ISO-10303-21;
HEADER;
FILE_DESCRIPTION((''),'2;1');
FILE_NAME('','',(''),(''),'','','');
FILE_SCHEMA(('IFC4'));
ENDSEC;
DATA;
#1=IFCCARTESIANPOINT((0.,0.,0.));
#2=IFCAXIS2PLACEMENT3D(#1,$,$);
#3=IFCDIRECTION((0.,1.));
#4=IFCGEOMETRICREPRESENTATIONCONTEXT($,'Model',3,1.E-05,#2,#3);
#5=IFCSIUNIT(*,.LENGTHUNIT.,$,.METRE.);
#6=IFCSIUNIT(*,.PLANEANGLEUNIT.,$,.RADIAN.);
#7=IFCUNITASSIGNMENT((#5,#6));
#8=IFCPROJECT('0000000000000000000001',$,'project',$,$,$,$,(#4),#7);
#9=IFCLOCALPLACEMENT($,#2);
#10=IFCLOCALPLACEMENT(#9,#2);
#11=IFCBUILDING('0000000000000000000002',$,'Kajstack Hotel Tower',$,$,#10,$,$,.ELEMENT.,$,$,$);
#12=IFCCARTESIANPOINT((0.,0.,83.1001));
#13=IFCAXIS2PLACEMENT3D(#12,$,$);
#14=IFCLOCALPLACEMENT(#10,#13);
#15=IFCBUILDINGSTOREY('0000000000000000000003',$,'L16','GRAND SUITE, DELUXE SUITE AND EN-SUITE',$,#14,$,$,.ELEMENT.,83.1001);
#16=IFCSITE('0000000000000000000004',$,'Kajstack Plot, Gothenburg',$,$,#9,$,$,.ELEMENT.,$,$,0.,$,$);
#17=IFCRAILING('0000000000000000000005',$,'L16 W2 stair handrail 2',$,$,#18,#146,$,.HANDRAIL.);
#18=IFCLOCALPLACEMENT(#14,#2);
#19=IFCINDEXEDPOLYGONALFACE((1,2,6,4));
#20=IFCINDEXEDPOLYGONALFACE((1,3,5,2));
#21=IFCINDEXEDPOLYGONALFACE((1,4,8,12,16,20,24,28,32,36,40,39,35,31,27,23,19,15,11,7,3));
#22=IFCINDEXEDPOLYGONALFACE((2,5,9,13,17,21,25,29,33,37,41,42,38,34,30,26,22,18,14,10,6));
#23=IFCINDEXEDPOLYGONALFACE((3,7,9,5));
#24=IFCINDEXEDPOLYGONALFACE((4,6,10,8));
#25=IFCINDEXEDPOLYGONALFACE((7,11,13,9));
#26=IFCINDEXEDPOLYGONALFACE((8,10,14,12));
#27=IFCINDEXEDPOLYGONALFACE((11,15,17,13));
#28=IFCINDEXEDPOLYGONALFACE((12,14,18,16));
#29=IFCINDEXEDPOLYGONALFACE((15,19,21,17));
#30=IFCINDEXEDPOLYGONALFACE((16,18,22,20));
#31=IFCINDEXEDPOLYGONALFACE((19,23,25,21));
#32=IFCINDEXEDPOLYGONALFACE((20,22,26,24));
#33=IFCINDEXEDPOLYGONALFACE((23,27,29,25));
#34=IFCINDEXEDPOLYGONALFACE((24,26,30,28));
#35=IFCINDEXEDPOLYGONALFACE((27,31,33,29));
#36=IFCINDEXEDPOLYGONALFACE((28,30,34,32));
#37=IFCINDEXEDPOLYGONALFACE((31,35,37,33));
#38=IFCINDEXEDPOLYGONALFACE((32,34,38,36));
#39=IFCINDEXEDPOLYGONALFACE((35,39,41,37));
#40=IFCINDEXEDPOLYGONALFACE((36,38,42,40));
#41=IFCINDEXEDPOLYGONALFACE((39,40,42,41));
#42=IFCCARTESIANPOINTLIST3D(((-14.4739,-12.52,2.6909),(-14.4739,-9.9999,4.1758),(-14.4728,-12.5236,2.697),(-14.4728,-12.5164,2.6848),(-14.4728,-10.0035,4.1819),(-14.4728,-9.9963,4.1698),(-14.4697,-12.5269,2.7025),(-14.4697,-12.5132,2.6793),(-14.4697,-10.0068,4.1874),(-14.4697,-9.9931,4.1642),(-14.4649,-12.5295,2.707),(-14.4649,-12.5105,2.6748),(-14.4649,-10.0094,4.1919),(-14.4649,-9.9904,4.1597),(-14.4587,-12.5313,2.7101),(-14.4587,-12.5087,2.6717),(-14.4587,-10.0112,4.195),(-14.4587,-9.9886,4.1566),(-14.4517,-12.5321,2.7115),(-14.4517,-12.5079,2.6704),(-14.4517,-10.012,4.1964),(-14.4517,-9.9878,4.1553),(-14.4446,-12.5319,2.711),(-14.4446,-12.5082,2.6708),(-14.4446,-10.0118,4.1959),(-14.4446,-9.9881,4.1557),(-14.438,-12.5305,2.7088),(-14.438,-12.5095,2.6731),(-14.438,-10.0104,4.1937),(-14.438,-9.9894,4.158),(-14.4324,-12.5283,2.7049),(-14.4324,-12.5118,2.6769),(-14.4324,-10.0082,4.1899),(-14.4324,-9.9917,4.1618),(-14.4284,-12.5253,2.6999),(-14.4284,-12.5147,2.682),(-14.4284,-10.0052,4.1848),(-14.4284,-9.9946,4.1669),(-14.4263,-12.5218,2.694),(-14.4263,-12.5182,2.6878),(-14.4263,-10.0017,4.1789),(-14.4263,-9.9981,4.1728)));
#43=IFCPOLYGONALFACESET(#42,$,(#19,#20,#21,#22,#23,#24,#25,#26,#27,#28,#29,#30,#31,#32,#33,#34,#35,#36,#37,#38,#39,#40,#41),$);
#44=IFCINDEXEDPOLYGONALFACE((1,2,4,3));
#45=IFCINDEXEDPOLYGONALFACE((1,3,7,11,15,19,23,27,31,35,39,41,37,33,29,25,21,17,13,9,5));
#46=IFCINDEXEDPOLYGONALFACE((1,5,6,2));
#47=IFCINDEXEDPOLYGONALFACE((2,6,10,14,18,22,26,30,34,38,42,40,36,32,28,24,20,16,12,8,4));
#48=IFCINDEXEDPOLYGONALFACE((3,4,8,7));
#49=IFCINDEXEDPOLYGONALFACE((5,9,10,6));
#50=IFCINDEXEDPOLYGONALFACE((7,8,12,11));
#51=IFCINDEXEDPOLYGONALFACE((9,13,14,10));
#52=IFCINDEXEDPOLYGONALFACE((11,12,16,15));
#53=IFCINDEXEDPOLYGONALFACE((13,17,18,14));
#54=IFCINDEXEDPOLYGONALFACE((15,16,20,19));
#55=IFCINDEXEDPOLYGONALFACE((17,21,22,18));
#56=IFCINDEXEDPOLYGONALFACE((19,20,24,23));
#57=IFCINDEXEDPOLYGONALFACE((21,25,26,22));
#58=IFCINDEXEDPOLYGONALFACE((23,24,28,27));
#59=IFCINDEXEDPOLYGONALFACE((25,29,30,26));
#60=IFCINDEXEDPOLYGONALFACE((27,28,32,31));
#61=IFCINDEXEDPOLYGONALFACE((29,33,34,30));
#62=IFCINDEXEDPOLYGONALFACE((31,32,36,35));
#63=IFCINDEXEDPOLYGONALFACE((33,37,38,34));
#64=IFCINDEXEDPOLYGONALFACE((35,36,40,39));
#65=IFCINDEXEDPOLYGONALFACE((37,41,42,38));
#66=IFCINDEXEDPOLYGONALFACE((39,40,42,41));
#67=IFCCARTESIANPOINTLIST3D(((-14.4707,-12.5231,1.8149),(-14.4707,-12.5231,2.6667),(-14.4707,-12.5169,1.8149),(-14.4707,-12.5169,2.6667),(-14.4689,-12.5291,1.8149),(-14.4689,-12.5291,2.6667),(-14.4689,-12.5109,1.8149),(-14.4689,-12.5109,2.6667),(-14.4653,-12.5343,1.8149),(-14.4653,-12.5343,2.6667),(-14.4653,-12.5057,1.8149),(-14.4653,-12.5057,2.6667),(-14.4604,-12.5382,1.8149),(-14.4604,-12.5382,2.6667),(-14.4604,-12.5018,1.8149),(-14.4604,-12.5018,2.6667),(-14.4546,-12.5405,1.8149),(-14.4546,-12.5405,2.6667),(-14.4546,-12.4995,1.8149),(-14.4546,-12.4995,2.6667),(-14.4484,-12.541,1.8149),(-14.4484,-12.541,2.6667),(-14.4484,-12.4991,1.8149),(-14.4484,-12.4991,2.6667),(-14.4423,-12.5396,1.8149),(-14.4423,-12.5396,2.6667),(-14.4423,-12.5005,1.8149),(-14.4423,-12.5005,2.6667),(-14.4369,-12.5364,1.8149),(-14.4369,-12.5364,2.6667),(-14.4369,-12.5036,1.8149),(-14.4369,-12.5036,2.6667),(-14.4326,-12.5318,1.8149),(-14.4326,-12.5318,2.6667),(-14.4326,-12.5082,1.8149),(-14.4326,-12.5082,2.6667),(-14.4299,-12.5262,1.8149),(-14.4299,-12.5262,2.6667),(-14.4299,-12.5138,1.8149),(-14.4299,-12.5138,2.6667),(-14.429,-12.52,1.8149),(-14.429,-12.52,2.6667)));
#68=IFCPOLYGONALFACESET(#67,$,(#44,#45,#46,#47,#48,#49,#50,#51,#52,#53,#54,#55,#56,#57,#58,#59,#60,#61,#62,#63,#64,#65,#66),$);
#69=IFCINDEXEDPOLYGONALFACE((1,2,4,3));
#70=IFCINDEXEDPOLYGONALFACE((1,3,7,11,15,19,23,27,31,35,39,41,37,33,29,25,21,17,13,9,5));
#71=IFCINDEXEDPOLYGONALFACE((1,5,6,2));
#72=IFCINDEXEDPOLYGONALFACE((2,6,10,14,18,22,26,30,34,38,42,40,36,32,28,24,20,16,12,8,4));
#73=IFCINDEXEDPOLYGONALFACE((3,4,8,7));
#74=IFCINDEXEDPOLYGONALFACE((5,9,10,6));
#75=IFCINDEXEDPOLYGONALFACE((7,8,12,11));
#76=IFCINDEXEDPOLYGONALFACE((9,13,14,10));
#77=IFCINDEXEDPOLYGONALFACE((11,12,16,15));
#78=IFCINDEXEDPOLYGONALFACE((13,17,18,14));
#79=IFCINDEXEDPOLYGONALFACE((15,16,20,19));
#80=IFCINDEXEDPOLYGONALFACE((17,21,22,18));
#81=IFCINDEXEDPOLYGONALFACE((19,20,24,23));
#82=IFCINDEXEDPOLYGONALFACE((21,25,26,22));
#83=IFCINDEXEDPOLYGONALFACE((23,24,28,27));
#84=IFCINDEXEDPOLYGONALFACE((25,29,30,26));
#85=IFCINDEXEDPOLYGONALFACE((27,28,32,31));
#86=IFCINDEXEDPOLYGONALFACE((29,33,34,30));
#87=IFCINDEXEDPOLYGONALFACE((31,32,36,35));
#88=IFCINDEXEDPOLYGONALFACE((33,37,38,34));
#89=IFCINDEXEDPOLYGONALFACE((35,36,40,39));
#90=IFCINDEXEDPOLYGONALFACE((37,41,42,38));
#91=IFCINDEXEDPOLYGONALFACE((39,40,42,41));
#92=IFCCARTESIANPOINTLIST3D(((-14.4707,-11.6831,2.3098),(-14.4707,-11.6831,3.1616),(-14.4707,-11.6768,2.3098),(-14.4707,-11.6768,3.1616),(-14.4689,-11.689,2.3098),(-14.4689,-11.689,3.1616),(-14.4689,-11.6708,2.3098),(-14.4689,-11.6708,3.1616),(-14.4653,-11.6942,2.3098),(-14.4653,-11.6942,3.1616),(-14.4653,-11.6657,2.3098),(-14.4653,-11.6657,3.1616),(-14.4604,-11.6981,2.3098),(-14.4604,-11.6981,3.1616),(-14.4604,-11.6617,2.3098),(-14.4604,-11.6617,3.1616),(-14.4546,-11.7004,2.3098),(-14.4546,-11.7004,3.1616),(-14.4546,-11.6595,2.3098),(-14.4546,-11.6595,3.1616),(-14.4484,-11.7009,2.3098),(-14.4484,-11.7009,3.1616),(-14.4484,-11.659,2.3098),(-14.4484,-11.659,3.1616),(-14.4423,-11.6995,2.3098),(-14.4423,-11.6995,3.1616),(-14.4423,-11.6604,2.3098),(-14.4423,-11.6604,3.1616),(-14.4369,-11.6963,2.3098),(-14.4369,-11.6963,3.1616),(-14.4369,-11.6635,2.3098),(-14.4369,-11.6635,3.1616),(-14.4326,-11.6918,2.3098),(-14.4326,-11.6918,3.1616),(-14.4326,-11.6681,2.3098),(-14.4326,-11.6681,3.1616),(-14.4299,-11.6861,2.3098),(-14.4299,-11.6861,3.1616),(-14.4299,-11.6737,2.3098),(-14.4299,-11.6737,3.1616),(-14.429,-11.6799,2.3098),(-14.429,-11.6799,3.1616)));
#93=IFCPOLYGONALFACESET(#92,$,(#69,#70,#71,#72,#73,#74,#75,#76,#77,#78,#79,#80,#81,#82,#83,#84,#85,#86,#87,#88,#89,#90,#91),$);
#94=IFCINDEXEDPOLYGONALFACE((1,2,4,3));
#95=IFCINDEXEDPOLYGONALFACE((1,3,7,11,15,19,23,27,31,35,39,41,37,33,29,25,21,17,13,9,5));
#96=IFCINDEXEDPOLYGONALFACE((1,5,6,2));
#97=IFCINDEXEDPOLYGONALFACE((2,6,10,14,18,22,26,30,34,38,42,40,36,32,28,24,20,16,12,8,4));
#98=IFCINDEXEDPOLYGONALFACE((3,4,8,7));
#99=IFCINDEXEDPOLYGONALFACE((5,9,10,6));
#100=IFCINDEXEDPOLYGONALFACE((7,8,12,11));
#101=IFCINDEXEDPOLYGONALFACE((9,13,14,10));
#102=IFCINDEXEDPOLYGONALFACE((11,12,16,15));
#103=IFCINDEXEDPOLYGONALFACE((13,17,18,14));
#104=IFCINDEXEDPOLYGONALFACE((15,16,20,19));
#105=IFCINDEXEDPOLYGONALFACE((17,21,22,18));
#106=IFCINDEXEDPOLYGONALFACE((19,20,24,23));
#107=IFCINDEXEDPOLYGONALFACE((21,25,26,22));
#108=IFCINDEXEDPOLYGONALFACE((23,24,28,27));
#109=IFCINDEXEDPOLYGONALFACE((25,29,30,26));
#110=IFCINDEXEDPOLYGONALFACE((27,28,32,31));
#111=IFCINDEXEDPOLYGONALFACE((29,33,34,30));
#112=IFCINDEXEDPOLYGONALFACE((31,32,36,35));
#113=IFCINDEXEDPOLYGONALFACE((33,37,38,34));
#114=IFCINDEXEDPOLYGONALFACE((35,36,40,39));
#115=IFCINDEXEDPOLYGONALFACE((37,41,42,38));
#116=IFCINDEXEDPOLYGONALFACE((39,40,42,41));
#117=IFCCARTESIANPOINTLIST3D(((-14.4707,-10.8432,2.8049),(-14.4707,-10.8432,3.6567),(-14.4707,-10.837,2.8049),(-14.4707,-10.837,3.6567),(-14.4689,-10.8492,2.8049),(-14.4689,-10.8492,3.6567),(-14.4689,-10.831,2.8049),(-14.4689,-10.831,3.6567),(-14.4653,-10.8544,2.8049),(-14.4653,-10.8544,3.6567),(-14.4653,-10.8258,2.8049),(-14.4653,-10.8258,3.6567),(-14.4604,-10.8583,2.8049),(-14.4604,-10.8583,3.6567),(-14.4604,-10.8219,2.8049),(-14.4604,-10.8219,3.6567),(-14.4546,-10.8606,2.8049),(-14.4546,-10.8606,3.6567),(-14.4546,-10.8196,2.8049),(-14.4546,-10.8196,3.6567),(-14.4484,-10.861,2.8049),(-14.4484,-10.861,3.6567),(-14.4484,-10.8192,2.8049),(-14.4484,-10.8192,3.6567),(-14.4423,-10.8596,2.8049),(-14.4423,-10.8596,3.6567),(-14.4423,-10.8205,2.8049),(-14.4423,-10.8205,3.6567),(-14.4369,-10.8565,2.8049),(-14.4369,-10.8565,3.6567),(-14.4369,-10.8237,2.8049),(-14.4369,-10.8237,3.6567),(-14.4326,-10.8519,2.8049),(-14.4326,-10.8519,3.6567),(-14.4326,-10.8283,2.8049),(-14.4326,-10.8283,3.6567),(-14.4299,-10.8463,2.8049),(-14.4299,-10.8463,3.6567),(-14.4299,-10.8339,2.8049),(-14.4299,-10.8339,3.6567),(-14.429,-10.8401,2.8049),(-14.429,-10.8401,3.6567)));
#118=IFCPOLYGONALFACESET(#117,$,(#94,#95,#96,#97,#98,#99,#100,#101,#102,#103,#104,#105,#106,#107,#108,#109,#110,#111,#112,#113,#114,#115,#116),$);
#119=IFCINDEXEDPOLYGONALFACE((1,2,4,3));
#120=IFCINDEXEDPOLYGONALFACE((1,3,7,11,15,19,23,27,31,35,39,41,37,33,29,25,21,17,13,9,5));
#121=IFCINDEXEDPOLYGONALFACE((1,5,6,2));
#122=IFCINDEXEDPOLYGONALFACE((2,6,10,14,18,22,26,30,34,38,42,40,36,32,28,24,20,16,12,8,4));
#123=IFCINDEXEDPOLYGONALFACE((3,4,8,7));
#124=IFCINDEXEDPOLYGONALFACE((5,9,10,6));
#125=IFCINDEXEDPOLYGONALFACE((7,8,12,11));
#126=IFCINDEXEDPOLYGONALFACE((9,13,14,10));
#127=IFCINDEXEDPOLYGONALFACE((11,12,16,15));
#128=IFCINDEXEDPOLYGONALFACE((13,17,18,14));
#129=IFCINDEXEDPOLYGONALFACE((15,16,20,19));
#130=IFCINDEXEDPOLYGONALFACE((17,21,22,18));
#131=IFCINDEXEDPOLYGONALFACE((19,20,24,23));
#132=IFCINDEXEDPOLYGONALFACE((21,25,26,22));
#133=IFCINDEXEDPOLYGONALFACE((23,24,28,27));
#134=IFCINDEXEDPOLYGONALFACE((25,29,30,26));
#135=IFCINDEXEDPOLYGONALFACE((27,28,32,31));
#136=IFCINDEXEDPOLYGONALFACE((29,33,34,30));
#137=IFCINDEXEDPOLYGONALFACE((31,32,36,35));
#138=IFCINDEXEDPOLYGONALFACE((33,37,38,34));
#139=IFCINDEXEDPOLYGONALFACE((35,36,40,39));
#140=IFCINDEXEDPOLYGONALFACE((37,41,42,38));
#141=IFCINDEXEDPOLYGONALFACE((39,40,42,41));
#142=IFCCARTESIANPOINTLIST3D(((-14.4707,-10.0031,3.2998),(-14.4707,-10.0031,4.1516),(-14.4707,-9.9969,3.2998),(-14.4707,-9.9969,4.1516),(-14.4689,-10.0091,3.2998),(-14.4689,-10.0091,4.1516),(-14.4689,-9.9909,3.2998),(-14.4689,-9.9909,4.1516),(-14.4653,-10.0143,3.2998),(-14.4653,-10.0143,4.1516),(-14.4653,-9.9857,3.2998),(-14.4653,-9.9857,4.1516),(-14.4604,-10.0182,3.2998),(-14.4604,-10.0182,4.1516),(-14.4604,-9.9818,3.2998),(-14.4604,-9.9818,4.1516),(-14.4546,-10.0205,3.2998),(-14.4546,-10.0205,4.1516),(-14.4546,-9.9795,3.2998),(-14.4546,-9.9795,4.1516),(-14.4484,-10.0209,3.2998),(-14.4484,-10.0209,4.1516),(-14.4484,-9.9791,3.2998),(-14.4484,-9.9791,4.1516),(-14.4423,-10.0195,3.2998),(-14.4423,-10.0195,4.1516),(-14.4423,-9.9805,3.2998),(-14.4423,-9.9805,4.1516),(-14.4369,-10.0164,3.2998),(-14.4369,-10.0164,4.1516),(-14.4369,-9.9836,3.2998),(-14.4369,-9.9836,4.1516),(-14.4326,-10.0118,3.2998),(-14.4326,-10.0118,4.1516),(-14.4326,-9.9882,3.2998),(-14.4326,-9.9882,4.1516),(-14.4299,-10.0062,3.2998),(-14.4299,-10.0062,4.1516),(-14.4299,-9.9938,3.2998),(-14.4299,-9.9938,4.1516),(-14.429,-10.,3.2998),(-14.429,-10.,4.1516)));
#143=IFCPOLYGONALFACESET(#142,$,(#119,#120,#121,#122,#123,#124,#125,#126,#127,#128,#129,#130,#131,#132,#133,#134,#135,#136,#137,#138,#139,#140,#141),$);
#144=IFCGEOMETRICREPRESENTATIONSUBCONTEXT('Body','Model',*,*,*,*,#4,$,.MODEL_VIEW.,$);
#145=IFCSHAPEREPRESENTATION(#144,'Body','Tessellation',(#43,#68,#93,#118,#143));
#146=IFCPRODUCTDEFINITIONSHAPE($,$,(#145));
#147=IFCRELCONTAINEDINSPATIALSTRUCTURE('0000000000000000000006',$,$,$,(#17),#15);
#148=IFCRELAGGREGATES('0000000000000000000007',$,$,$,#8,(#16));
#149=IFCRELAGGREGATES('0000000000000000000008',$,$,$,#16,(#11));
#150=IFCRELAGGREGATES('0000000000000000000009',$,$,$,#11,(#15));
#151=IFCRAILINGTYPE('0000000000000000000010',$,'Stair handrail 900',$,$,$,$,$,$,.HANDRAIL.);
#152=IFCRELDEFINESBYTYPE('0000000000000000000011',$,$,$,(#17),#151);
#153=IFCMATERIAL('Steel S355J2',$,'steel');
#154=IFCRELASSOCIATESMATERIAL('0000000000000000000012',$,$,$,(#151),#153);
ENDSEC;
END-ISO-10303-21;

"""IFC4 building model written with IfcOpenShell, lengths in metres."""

from ifc_helpers import new_model, si_unit, direction, frame, origin, origin_2d, place, context, subcontext, project, spatial, circle, extrude, material, type_object, element, save


model = new_model("IFC4")

# Units and contexts
model_context = context("Model", 3, precision=1e-05, world=origin(), true_north=direction((0.0, 1.0)))
body_context = subcontext(model_context, "Body", "Model", "MODEL_VIEW")
ifc_project = project(units=[si_unit("LENGTHUNIT", "METRE"), si_unit("PLANEANGLEUNIT", "RADIAN")], contexts=[model_context])

# Site, building, storey
site_placement = place(None, origin())
site = spatial("IfcSite", under=ifc_project, at=site_placement, Name="Kajstack Plot, Gothenburg", CompositionType="ELEMENT", RefElevation=0.0)
building_placement = place(site_placement, origin())
building = spatial("IfcBuilding", under=site, at=building_placement, Name="Kajstack Hotel Tower", CompositionType="ELEMENT")
storey_placement = place(building_placement, frame((0.0, 0.0, 83.1001)))
storey = spatial("IfcBuildingStorey", under=building, at=storey_placement, Name="L16", Description="GRAND SUITE, DELUXE SUITE AND EN-SUITE", CompositionType="ELEMENT", Elevation=83.1001)

# Railing
ifc_material_1 = material(Name="Steel S355J2", Category="steel")
railing_type_1 = type_object("IfcRailingType", Name="Stair handrail 900", PredefinedType="HANDRAIL", material=ifc_material_1)
railing_1_placement = place(storey_placement, frame((-14.45, -12.52, 1.8149)))
element("IfcRailing", 1, at=railing_1_placement, inside=storey, type_object=railing_type_1, Name="L16 W2 stair handrail 2", PredefinedType="HANDRAIL", context=body_context, shape_type="SweptSolid", body=[
    extrude(circle(Radius=0.0239, at=origin_2d()), frame((0.0, 0.0, 0.876), z_axis=(0.0, 0.861561, 0.507655), x_axis=(-1.0, 0.0, 0.0)), (0.0, 0.0, 1.0), 2.925),
    extrude(circle(Radius=0.021, at=origin_2d()), origin(), (0.0, 0.0, 1.0), 0.8518),
    extrude(circle(Radius=0.021, at=origin_2d()), frame((0.0, 0.8401, 0.4949)), (0.0, 0.0, 1.0), 0.8518),
    extrude(circle(Radius=0.021, at=origin_2d()), frame((0.0, 1.6799, 0.99)), (0.0, 0.0, 1.0), 0.8518),
    extrude(circle(Radius=0.021, at=origin_2d()), frame((0.0, 2.52, 1.4849)), (0.0, 0.0, 1.0), 0.8518),
])

save(model, "model.ifc")
